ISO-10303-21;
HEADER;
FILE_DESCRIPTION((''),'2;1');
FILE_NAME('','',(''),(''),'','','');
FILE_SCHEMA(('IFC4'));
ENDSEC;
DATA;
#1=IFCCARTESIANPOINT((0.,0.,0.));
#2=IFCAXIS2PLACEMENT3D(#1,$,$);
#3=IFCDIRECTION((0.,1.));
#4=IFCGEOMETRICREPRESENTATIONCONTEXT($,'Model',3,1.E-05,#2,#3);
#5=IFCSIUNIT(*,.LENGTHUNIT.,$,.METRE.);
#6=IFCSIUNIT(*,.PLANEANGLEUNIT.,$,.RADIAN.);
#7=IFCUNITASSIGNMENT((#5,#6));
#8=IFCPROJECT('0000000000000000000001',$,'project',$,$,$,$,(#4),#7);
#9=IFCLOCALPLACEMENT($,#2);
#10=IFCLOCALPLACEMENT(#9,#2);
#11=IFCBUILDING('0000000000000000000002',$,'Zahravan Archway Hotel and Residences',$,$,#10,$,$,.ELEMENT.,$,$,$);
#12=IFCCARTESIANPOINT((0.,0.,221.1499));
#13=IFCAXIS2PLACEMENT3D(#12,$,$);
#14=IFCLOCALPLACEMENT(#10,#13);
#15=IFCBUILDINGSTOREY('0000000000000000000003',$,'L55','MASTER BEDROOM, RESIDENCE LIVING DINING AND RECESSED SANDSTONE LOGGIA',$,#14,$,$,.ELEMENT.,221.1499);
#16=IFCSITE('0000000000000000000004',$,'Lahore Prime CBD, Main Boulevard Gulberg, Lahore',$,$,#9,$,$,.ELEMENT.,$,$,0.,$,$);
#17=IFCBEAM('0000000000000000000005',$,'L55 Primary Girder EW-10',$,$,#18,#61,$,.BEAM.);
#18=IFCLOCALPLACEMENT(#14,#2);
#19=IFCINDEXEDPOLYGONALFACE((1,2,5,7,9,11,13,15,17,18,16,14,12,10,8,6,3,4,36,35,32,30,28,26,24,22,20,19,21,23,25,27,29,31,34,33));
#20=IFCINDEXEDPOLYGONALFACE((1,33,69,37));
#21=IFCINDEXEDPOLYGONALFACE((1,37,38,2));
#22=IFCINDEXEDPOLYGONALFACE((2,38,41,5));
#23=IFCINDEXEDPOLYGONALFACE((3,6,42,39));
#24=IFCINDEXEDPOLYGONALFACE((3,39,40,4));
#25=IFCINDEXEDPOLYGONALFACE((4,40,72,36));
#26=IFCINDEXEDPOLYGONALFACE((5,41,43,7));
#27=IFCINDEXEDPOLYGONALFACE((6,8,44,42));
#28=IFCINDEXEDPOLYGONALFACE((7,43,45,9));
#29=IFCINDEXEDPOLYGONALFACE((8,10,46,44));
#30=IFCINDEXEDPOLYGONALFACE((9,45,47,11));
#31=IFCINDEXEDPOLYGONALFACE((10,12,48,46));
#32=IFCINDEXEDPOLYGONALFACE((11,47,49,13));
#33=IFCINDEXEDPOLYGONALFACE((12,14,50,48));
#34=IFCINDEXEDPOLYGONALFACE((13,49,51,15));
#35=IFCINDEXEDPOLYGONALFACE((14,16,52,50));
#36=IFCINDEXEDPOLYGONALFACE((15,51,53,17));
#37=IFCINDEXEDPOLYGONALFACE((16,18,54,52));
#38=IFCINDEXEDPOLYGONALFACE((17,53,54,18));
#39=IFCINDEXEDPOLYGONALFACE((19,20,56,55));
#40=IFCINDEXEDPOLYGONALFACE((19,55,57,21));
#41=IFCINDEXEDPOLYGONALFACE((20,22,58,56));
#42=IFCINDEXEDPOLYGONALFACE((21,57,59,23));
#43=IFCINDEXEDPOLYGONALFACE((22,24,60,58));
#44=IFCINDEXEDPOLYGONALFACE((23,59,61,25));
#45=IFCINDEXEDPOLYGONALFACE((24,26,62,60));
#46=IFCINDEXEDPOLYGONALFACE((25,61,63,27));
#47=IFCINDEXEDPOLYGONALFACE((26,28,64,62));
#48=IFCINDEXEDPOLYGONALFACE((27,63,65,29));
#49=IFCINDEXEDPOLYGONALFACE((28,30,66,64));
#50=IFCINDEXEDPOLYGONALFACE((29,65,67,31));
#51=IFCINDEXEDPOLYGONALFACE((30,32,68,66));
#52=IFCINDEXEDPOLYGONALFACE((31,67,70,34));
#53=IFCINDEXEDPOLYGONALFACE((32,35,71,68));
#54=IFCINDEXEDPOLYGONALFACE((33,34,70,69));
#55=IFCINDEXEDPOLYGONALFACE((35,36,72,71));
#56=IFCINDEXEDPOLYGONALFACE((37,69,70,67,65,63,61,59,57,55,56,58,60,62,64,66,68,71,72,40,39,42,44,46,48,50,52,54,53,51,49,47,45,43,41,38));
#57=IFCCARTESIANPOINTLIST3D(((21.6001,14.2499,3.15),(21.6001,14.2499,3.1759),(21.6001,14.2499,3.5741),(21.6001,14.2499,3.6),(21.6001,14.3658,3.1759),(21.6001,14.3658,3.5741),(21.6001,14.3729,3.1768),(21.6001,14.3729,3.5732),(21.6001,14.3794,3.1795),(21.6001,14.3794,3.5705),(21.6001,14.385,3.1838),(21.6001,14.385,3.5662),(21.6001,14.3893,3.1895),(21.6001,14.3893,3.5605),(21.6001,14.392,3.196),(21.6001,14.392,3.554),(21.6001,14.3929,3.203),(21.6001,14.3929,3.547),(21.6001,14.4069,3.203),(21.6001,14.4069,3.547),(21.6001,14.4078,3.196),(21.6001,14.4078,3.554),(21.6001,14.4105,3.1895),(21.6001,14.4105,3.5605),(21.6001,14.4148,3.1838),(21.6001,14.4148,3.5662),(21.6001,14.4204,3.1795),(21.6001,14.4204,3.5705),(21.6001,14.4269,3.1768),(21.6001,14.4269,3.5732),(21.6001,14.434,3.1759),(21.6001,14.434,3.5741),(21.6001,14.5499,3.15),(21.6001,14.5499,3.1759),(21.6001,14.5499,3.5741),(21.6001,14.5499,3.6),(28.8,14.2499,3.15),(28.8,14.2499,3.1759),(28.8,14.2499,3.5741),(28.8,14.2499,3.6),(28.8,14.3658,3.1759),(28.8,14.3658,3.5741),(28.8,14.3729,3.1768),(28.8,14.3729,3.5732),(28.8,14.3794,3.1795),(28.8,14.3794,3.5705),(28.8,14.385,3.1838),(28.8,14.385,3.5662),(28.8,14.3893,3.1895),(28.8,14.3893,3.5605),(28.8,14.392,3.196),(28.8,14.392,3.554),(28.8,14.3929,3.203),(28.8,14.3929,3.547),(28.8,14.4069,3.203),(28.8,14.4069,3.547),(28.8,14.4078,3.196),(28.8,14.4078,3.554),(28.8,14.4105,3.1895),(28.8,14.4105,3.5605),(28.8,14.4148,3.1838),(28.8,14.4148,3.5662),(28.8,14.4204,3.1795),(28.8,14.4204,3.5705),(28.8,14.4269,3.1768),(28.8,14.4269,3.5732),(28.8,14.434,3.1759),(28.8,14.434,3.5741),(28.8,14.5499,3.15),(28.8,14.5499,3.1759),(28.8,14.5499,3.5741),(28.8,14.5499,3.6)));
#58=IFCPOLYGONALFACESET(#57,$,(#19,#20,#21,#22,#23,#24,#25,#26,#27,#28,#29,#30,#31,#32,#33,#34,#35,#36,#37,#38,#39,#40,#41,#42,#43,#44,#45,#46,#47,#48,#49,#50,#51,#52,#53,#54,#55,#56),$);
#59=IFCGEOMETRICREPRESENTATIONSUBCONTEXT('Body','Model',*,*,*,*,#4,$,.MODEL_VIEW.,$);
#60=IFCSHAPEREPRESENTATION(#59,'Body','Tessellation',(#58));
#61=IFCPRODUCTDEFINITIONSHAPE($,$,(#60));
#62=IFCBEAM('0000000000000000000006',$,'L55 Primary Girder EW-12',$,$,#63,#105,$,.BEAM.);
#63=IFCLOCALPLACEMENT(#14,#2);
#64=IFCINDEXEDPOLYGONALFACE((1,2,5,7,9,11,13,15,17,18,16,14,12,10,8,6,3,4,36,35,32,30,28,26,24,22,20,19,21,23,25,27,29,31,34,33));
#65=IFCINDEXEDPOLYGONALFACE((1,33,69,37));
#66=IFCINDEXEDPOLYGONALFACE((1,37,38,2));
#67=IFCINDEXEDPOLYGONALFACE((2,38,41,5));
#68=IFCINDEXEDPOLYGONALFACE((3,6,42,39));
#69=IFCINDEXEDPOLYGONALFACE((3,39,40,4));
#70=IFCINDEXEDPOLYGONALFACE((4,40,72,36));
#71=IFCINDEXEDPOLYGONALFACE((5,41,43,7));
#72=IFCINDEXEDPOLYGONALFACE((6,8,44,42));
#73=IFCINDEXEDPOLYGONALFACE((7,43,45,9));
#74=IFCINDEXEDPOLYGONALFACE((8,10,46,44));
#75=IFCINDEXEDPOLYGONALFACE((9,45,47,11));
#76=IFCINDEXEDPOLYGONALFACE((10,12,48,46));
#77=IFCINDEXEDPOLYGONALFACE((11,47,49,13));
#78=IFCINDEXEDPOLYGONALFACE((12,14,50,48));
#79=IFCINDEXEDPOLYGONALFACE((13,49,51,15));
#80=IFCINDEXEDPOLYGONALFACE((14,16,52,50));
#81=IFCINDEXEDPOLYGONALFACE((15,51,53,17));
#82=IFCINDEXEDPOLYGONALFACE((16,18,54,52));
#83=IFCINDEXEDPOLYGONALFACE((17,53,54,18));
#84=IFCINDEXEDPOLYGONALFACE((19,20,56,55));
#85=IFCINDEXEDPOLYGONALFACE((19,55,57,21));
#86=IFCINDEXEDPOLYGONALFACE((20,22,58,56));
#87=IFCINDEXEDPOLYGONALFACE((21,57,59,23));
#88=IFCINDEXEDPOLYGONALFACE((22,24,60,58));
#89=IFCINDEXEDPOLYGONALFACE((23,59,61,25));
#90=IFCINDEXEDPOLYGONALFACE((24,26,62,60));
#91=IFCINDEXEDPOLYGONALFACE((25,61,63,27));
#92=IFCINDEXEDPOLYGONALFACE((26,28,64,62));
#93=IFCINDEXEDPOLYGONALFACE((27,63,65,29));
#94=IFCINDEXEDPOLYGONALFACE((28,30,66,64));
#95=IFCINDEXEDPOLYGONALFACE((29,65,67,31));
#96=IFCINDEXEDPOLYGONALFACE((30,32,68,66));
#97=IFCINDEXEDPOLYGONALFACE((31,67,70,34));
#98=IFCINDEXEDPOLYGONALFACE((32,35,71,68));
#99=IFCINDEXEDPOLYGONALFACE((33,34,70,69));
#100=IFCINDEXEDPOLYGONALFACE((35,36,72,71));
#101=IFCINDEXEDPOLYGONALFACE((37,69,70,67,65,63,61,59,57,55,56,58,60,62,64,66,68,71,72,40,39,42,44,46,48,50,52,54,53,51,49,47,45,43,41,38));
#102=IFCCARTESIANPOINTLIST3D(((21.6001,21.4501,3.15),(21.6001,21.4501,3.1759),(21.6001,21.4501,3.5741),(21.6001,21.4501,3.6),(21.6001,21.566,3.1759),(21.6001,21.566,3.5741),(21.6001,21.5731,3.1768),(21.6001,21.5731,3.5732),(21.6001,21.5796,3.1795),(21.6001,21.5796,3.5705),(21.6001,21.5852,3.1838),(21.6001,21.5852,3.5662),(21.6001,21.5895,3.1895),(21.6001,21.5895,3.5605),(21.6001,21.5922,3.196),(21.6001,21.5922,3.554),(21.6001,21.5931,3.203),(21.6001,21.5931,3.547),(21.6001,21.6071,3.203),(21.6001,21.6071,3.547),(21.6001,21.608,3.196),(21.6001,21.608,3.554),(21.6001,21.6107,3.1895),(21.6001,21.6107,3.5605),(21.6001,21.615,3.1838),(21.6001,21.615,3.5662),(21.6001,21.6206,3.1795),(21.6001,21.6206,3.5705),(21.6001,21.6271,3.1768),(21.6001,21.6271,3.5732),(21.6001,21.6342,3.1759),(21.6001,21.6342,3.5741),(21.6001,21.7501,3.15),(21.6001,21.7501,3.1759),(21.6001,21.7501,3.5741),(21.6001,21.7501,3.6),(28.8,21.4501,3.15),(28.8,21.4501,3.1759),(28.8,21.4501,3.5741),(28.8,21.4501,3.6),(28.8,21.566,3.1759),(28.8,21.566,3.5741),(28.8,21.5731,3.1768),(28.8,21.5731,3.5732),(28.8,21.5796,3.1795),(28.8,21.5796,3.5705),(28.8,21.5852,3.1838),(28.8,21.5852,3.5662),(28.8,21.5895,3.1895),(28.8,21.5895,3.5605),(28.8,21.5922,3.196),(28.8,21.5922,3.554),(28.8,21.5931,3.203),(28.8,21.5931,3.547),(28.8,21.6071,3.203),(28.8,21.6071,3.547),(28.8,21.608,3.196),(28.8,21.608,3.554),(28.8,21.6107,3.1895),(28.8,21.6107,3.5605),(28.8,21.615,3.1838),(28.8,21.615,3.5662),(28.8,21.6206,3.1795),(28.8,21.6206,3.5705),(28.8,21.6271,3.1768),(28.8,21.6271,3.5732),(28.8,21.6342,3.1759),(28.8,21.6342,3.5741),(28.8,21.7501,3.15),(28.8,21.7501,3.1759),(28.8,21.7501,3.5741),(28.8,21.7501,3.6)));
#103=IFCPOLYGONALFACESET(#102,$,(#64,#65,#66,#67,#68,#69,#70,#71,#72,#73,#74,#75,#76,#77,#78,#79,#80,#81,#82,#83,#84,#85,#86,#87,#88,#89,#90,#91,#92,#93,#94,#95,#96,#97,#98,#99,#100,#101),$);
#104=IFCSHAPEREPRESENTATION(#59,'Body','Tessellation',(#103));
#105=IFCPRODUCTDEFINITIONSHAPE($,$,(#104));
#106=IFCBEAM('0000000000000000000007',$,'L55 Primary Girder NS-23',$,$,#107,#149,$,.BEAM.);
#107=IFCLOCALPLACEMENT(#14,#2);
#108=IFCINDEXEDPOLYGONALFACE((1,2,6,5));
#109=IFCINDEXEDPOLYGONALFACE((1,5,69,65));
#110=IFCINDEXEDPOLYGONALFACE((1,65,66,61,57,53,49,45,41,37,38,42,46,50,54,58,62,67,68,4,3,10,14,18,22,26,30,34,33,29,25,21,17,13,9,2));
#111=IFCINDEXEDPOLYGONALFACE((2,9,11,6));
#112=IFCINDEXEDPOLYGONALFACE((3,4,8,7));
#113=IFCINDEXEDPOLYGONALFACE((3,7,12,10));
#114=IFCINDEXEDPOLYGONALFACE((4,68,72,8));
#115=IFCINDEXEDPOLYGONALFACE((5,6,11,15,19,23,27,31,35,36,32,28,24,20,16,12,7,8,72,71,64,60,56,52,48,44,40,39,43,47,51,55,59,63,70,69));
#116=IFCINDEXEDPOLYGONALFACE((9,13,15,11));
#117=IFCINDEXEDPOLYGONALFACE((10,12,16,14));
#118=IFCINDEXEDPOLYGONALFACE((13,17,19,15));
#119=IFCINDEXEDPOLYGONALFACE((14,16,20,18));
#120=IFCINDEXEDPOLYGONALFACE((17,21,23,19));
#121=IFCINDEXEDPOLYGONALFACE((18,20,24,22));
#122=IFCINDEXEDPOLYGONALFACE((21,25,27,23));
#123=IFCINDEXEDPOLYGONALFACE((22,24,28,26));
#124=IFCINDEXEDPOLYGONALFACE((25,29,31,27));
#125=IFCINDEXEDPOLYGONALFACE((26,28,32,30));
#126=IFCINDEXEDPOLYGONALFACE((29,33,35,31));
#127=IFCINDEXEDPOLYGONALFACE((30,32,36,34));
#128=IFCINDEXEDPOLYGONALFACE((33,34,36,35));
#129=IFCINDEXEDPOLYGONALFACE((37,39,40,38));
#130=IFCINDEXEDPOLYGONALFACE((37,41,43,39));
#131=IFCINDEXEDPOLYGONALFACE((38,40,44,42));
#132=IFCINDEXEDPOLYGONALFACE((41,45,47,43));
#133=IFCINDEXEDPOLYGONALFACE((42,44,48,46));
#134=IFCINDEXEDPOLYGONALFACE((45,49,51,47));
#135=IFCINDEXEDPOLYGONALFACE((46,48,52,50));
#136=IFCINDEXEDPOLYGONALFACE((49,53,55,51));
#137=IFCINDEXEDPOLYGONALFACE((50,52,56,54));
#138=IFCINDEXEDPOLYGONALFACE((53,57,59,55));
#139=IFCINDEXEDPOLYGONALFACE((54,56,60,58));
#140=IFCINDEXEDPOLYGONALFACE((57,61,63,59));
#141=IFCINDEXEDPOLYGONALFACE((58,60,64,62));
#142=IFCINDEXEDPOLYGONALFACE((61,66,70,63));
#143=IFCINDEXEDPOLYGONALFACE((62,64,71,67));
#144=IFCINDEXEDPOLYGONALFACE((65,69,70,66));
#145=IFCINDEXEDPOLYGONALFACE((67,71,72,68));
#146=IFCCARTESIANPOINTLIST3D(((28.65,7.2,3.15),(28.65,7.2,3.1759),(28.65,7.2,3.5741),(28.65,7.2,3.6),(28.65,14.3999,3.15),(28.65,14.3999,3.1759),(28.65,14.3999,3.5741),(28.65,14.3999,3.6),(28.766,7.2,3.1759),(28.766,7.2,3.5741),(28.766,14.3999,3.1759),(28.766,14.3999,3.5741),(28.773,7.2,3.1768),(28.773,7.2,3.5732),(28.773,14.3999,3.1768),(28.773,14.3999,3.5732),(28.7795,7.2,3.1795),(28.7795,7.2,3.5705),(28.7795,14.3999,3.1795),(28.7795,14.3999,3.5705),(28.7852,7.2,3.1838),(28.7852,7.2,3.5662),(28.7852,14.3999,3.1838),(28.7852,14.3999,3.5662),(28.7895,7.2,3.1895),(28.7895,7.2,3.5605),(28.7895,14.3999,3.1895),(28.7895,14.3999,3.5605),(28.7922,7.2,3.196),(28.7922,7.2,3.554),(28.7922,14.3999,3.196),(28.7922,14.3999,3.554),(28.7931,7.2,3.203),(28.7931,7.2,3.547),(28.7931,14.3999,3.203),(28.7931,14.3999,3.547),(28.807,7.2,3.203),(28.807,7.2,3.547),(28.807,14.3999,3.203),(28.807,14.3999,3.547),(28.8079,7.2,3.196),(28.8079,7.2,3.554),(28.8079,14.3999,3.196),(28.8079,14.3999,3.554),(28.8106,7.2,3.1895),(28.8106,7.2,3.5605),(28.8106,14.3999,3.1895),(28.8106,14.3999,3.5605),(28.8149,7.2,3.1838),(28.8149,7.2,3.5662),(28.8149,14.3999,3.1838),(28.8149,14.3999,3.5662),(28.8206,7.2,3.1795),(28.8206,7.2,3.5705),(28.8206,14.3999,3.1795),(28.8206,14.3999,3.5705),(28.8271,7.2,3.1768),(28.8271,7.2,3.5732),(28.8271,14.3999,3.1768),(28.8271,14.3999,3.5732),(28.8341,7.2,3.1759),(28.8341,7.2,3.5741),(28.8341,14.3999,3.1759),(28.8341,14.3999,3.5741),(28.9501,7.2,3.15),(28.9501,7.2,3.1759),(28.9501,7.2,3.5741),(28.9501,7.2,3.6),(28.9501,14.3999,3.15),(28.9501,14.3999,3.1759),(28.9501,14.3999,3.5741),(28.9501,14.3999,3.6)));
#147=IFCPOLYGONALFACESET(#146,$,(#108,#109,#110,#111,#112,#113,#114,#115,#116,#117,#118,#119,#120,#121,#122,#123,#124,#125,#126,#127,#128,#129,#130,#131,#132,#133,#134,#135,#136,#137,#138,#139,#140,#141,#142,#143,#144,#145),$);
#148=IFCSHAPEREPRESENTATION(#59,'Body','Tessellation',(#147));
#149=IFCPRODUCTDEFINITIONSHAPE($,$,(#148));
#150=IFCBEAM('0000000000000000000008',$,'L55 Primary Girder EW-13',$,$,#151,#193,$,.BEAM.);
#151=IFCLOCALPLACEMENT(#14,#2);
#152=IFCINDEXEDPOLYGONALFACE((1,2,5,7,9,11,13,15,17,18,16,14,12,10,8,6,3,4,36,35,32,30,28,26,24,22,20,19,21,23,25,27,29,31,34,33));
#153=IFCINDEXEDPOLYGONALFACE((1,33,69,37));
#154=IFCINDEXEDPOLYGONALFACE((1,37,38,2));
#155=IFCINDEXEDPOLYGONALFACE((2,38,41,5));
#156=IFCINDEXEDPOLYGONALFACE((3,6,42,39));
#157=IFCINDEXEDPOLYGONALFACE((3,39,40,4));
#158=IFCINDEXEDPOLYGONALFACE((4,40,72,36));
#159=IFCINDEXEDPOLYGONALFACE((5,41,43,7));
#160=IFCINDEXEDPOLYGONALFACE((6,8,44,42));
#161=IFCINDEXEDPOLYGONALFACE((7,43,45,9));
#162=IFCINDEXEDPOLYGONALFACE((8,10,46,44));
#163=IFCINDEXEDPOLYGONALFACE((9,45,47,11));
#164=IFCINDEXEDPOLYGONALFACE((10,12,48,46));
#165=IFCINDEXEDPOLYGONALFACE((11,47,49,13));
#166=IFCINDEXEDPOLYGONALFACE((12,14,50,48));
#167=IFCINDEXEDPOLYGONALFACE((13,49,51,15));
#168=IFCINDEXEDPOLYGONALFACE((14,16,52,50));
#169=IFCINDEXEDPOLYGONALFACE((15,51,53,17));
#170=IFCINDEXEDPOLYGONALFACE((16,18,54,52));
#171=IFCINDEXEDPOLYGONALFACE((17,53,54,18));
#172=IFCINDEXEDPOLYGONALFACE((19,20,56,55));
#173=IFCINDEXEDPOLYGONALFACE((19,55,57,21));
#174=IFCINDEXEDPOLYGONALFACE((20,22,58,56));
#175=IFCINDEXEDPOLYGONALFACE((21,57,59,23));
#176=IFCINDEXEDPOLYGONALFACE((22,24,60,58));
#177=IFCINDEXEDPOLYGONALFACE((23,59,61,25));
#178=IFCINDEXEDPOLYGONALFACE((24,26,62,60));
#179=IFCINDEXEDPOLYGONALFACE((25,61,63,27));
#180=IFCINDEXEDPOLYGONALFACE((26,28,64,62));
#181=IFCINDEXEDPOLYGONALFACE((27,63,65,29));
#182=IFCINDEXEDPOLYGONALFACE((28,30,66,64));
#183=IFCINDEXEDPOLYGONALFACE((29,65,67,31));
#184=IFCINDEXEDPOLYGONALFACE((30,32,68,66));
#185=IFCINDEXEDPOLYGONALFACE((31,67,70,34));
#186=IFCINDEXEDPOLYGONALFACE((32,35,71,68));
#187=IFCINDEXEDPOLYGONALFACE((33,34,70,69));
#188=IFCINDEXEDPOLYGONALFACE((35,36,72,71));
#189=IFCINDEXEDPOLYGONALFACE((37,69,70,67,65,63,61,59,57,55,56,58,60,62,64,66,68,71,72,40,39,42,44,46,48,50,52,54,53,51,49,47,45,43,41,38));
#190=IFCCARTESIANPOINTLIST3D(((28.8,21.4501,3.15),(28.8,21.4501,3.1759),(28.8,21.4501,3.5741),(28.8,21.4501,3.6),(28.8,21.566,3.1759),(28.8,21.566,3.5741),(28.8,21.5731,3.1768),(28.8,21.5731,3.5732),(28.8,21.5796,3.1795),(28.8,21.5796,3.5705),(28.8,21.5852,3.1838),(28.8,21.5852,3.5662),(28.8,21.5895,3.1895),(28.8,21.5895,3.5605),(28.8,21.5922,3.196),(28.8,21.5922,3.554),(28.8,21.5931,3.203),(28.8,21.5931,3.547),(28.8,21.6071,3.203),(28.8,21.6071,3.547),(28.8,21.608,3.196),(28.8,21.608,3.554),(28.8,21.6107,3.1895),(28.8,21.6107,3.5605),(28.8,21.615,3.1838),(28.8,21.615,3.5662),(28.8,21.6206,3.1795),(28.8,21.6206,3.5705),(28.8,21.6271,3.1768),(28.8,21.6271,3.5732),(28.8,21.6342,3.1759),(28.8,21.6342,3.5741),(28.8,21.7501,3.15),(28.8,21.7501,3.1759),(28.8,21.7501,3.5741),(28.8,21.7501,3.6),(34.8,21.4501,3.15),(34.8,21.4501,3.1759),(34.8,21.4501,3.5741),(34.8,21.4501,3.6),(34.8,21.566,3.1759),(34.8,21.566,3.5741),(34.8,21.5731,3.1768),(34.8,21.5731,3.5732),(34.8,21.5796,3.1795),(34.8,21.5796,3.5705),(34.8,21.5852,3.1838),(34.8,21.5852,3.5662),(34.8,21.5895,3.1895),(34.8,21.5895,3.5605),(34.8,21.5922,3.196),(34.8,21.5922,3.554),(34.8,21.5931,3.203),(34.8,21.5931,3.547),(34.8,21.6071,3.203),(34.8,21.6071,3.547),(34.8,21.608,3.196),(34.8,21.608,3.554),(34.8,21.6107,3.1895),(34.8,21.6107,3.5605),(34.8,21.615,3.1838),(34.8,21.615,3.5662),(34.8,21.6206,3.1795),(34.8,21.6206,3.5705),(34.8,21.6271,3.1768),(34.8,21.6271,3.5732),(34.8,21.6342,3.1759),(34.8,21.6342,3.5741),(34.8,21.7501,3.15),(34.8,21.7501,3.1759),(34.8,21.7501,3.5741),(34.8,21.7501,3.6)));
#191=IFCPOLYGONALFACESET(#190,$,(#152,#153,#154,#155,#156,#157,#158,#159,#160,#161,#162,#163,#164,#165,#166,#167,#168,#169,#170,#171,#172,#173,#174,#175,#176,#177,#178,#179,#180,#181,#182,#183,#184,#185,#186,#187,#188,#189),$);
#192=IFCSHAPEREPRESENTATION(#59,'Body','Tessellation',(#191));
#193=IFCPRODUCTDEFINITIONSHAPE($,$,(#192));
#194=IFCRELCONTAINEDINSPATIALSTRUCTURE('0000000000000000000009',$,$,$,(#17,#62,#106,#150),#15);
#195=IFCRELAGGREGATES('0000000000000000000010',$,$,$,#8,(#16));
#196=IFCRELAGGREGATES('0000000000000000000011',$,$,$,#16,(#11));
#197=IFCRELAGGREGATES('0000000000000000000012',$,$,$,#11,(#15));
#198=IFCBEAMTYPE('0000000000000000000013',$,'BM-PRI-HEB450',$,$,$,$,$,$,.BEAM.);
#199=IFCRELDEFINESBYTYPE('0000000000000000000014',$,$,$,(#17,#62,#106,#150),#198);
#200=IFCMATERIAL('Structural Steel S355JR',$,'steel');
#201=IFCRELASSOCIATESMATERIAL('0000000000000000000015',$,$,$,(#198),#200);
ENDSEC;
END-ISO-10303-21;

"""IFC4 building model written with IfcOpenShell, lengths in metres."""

from ifc_helpers import new_model, si_unit, direction, frame, origin, origin_2d, place, context, subcontext, project, spatial, i_section, extrude, source, transform, mapped, material, material_profile, profile_set, type_object, element, save


model = new_model("IFC4")

# Units and contexts
model_context = context("Model", 3, precision=1e-05, world=origin(), true_north=direction((0.0, 1.0)))
body_context = subcontext(model_context, "Body", "Model", "MODEL_VIEW")
ifc_project = project(units=[si_unit("LENGTHUNIT", "METRE"), si_unit("PLANEANGLEUNIT", "RADIAN")], contexts=[model_context])

# Site, building, storey
site_placement = place(None, origin())
site = spatial("IfcSite", under=ifc_project, at=site_placement, Name="Lahore Prime CBD, Main Boulevard Gulberg, Lahore", CompositionType="ELEMENT", RefElevation=0.0)
building_placement = place(site_placement, origin())
building = spatial("IfcBuilding", under=site, at=building_placement, Name="Zahravan Archway Hotel and Residences", CompositionType="ELEMENT")
storey_placement = place(building_placement, frame((0.0, 0.0, 221.1499)))
storey = spatial("IfcBuildingStorey", under=building, at=storey_placement, Name="L55", Description="MASTER BEDROOM, RESIDENCE LIVING DINING AND RECESSED SANDSTONE LOGGIA", CompositionType="ELEMENT", Elevation=221.1499)

# Beams
ifc_material_1 = material(Name="Structural Steel S355JR", Category="steel")
ifc_material_profile_1 = material_profile(ifc_material_1, i_section(OverallWidth=0.3, OverallDepth=0.45, WebThickness=0.0139, FlangeThickness=0.0259, FilletRadius=0.0271, at=origin_2d()), Name="HEB 450", Category="steel")
ifc_profile_set_1 = profile_set([ifc_material_profile_1], Name="Structural Steel S355JR")
beam_type_1 = type_object("IfcBeamType", Name="BM-PRI-HEB450", PredefinedType="BEAM", material=ifc_profile_set_1)
shared_shape_1 = source(origin(), body_context, "Body", "SweptSolid", [
    extrude(i_section(OverallWidth=0.3, OverallDepth=0.45, WebThickness=0.0139, FlangeThickness=0.0259, FilletRadius=0.0271, at=origin_2d()), origin(), (0.0, 0.0, 1.0), 7.2),
])
for number, where, z_axis, x_axis, name in (
    (1, (21.6001, 14.3999, 3.375), (1.0, 0.0, 0.0), (0.0, 1.0, 0.0), "L55 Primary Girder EW-10"),
    (2, (21.6001, 21.6001, 3.375), (1.0, 0.0, 0.0), (0.0, 1.0, 0.0), "L55 Primary Girder EW-12"),
    (3, (28.8, 7.2, 3.375), (0.0, 1.0, 0.0), (-1.0, 0.0, 0.0), "L55 Primary Girder NS-23"),
):
    element("IfcBeam", number, at=place(storey_placement, frame(where, z_axis=z_axis, x_axis=x_axis)), inside=storey, type_object=beam_type_1, Name=name, PredefinedType="BEAM", context=body_context, shape_type="MappedRepresentation", body=[
        mapped(shared_shape_1, transform((0.0, 0.0, 0.0), scale=1.0)),
    ])
shared_shape_2 = source(origin(), body_context, "Body", "SweptSolid", [
    extrude(i_section(OverallWidth=0.3, OverallDepth=0.45, WebThickness=0.0139, FlangeThickness=0.0259, FilletRadius=0.0271, at=origin_2d()), origin(), (0.0, 0.0, 1.0), 6.0),
])
beam_1_placement = place(storey_placement, frame((28.8, 21.6001, 3.375), z_axis=(1.0, 0.0, 0.0), x_axis=(0.0, 1.0, 0.0)))
element("IfcBeam", 4, at=beam_1_placement, inside=storey, type_object=beam_type_1, Name="L55 Primary Girder EW-13", PredefinedType="BEAM", context=body_context, shape_type="MappedRepresentation", body=[
    mapped(shared_shape_2, transform((0.0, 0.0, 0.0), scale=1.0)),
])

save(model, "model.ifc")
